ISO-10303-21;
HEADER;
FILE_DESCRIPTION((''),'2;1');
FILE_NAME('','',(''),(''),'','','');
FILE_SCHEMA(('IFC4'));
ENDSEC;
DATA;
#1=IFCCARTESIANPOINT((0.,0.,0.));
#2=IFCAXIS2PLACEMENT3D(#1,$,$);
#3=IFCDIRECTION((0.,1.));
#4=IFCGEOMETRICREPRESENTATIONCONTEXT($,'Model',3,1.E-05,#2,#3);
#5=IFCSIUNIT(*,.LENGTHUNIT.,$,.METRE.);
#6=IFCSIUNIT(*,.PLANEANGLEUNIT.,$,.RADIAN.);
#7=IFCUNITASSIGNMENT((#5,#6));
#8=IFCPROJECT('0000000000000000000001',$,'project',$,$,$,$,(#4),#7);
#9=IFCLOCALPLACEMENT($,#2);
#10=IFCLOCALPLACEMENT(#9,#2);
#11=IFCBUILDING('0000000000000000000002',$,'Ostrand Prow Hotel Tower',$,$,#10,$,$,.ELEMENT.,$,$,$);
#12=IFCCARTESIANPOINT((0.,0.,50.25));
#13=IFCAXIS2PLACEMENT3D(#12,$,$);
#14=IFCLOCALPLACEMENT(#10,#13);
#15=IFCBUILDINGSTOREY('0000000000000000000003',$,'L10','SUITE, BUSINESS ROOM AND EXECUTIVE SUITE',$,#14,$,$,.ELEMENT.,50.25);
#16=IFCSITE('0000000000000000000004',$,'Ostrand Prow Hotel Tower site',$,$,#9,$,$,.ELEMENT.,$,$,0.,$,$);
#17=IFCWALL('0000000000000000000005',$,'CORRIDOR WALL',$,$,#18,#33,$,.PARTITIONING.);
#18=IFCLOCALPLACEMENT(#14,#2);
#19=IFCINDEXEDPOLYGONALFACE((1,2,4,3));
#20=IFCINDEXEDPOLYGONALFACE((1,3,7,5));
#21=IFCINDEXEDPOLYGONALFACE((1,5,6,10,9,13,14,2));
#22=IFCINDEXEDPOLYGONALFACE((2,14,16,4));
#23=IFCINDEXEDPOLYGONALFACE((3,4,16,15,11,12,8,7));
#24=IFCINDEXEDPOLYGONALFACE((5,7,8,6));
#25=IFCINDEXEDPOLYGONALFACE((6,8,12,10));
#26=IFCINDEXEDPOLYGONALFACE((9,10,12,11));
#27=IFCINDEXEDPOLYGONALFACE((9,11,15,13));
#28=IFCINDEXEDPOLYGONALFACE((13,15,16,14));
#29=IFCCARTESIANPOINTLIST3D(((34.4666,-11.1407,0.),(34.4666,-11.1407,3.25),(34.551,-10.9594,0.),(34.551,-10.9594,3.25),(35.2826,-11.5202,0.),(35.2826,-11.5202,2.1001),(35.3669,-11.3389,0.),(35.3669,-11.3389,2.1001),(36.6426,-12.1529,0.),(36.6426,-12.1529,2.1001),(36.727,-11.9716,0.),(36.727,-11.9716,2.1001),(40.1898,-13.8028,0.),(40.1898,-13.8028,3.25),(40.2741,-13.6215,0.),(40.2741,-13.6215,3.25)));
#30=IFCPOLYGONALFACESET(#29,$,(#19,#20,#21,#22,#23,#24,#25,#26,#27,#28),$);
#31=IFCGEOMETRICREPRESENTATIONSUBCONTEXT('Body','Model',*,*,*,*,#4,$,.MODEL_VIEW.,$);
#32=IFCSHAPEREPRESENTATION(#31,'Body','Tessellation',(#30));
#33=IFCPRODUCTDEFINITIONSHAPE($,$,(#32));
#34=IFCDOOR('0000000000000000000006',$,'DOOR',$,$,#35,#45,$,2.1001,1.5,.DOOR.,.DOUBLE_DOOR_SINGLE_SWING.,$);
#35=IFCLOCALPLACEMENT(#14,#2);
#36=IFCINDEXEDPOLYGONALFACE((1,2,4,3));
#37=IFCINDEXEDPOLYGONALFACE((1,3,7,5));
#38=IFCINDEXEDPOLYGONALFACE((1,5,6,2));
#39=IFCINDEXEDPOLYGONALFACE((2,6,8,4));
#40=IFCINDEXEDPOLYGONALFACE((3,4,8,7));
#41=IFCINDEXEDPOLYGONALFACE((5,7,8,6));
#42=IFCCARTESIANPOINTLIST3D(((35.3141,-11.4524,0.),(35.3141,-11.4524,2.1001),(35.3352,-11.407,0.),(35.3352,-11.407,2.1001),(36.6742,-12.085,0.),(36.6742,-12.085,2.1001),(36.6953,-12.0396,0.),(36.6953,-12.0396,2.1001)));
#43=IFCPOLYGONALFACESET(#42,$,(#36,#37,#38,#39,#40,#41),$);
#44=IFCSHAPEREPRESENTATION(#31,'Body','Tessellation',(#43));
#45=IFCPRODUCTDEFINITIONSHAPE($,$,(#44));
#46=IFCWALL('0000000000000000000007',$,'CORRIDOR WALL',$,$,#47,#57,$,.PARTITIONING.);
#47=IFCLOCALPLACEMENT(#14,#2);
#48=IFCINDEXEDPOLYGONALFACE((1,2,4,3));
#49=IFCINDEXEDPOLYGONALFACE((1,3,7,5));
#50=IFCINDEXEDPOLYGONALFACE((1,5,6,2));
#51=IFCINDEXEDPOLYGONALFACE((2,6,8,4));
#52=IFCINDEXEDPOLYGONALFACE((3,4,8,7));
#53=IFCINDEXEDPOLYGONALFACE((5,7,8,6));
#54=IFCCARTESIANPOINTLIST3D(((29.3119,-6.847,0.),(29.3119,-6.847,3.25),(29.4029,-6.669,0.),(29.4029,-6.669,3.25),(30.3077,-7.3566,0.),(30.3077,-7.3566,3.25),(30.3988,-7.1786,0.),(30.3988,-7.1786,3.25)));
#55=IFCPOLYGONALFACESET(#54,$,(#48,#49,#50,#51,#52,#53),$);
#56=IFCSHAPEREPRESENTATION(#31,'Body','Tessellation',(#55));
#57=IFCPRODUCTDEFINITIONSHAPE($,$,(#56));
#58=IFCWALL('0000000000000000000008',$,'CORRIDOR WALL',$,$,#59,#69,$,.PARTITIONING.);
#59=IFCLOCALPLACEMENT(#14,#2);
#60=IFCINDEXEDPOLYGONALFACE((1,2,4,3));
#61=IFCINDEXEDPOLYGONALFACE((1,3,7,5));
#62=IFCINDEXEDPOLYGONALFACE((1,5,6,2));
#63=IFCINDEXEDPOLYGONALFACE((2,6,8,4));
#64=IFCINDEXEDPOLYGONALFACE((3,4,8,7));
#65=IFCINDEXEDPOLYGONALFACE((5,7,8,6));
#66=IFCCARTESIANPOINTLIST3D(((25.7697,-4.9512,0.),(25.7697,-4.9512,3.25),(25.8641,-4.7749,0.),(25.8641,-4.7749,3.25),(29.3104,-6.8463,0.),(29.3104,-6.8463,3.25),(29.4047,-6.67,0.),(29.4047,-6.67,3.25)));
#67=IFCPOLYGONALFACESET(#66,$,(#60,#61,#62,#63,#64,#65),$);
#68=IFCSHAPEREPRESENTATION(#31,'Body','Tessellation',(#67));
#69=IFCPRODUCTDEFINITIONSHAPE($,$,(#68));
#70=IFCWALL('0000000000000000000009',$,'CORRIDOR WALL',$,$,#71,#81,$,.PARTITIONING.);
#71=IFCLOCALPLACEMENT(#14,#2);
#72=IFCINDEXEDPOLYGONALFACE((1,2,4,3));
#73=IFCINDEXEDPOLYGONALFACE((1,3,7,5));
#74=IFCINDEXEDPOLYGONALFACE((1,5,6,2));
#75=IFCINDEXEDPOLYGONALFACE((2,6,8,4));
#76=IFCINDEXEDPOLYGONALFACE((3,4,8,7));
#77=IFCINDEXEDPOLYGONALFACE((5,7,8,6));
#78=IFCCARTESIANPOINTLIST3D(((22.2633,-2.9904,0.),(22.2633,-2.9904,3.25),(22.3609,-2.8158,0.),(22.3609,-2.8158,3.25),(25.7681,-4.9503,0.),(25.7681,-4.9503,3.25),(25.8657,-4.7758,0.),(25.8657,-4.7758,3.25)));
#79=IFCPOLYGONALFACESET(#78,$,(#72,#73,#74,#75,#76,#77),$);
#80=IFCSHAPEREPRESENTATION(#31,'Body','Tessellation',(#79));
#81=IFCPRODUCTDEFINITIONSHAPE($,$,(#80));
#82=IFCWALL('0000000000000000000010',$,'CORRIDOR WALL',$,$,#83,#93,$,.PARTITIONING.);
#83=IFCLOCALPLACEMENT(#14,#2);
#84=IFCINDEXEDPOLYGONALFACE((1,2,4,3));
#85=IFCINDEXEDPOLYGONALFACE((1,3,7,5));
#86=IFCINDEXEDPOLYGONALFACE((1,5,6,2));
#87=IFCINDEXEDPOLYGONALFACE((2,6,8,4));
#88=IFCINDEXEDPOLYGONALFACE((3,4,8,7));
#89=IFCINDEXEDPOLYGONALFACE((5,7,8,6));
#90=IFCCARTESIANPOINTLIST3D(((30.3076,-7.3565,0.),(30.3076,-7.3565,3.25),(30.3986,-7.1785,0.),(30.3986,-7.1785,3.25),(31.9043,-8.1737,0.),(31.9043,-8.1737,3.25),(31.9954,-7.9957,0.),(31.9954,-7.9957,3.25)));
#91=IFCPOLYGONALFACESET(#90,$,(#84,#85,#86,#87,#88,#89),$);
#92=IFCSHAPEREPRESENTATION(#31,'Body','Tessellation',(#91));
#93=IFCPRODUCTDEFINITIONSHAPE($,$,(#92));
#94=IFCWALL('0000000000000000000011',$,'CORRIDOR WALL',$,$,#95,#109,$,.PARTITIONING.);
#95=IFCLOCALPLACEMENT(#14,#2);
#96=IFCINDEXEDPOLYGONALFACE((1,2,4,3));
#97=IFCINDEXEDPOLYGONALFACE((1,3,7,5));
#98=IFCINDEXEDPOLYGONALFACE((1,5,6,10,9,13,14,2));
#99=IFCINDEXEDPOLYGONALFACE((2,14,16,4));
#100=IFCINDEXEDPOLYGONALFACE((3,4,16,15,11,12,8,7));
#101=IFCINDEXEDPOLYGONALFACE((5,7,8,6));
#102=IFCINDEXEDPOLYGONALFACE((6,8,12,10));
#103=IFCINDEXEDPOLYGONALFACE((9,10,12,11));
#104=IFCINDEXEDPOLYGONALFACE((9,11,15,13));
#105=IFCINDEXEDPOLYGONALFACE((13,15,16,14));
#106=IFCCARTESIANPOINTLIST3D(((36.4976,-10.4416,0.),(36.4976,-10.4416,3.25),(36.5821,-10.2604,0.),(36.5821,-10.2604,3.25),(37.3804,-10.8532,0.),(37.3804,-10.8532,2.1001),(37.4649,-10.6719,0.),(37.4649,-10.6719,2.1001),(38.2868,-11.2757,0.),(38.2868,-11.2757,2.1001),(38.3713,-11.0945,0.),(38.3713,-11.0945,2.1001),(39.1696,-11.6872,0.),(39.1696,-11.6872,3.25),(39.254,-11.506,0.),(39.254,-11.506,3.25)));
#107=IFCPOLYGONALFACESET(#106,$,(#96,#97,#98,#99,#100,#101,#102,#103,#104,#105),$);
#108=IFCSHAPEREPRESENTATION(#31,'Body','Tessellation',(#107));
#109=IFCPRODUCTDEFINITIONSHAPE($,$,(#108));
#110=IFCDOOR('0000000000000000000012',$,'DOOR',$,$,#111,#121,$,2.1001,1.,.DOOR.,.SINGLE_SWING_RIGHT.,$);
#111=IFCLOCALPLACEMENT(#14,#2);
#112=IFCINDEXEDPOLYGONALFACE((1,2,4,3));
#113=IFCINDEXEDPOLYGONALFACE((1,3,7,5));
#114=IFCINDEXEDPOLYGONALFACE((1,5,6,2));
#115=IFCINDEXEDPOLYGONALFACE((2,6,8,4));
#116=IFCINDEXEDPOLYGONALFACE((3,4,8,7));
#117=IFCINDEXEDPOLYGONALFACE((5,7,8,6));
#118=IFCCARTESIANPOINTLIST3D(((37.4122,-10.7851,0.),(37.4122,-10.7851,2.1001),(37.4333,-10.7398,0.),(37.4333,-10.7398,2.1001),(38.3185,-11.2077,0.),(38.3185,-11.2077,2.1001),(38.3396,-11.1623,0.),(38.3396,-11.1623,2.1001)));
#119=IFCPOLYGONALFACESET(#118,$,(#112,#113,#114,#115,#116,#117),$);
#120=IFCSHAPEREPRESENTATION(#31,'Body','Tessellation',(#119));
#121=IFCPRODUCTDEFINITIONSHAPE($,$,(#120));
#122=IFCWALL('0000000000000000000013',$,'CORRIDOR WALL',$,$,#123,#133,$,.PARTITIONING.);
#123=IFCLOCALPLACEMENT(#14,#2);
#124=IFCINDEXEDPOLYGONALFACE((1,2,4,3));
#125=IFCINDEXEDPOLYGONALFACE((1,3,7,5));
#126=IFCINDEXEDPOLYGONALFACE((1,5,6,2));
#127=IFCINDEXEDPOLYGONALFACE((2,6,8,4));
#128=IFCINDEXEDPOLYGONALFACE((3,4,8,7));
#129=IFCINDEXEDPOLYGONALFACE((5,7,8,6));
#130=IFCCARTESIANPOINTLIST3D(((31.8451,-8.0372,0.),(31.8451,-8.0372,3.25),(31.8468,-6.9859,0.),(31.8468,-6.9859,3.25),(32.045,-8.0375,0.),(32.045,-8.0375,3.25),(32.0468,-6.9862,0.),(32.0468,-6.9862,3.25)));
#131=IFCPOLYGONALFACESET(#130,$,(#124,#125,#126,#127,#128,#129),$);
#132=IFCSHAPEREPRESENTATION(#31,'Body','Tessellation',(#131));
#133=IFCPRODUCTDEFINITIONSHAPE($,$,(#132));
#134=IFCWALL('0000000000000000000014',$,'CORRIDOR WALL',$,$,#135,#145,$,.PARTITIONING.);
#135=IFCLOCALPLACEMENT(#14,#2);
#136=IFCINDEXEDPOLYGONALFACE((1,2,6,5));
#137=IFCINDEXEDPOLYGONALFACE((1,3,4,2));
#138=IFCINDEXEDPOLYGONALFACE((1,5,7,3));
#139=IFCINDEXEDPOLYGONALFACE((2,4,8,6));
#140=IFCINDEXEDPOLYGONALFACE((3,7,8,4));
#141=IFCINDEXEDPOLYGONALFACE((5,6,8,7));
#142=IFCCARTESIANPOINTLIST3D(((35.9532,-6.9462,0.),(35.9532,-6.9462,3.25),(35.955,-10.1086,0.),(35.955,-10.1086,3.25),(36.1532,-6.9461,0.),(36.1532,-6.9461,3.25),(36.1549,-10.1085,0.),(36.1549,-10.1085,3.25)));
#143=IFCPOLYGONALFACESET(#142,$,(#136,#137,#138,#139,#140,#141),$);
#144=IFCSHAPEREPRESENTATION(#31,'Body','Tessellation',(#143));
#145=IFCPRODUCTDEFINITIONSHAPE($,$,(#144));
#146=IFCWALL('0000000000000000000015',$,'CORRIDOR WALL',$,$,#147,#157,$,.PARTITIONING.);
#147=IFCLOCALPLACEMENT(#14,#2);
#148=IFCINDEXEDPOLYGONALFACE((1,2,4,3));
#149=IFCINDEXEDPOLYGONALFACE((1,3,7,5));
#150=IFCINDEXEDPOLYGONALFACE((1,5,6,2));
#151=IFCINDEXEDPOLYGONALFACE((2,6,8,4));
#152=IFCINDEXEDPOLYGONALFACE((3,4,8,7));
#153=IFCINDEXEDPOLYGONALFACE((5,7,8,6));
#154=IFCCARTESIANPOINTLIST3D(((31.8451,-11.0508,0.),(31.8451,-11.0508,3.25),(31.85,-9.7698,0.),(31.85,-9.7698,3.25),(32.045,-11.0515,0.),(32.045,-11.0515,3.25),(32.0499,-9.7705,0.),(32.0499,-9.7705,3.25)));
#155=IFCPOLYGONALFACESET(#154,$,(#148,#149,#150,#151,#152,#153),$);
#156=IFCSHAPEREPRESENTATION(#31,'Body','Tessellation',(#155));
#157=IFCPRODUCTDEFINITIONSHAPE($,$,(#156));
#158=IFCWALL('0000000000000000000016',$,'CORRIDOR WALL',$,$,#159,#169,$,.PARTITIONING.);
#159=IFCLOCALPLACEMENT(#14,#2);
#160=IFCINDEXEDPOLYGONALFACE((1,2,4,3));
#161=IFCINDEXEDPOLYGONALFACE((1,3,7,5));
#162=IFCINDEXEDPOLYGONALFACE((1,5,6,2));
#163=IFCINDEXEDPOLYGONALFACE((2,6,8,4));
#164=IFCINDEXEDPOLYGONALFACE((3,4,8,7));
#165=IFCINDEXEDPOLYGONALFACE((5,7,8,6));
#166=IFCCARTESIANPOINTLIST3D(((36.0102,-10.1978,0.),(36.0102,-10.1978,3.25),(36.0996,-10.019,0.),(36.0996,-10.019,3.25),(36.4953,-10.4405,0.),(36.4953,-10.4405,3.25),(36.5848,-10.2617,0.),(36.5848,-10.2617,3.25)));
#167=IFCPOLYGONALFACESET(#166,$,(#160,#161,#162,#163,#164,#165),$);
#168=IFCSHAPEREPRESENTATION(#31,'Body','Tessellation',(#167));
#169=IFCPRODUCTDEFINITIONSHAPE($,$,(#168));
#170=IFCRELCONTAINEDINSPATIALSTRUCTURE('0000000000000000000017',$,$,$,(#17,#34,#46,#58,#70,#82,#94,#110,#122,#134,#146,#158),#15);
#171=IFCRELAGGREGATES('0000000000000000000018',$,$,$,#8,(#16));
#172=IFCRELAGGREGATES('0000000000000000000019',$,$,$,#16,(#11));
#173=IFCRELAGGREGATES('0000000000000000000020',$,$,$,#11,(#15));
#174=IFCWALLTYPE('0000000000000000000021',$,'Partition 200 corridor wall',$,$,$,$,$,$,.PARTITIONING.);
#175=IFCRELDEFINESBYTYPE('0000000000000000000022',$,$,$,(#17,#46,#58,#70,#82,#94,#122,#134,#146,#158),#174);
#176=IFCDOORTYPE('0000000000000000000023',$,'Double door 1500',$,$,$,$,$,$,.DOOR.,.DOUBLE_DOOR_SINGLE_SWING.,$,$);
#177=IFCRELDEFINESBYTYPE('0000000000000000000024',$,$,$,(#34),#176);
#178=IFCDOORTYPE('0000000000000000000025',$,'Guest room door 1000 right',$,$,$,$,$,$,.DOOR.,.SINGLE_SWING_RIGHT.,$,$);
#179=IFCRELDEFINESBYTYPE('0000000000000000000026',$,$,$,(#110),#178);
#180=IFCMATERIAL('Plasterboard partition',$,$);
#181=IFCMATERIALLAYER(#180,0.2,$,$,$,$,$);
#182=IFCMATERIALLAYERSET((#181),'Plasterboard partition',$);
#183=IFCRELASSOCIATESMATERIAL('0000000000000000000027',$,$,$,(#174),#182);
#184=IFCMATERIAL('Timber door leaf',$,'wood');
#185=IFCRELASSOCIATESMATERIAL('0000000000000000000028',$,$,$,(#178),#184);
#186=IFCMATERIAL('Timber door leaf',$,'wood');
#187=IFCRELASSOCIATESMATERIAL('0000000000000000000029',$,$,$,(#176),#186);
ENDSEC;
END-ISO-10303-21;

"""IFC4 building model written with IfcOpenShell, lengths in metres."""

from ifc_helpers import new_model, si_unit, direction, frame, frame_2d, origin, place, context, subcontext, project, spatial, rectangle, extrude, material, layer, layer_set, type_object, element, fill, save


model = new_model("IFC4")

# Units and contexts
model_context = context("Model", 3, precision=1e-05, world=origin(), true_north=direction((0.0, 1.0)))
body_context = subcontext(model_context, "Body", "Model", "MODEL_VIEW")
ifc_project = project(units=[si_unit("LENGTHUNIT", "METRE"), si_unit("PLANEANGLEUNIT", "RADIAN")], contexts=[model_context])

# Site, building, storey
site_placement = place(None, origin())
site = spatial("IfcSite", under=ifc_project, at=site_placement, Name="Ostrand Prow Hotel Tower site", CompositionType="ELEMENT", RefElevation=0.0)
building_placement = place(site_placement, origin())
building = spatial("IfcBuilding", under=site, at=building_placement, Name="Ostrand Prow Hotel Tower", CompositionType="ELEMENT")
storey_placement = place(building_placement, frame((0.0, 0.0, 50.25)))
storey = spatial("IfcBuildingStorey", under=building, at=storey_placement, Name="L10", Description="SUITE, BUSINESS ROOM AND EXECUTIVE SUITE", CompositionType="ELEMENT", Elevation=50.25)

# Wall, opening, door
ifc_material_1 = material(Name="Plasterboard partition")
ifc_layer_1 = layer(ifc_material_1, 0.2)
ifc_layer_set_1 = layer_set([ifc_layer_1], Name="Plasterboard partition")
wall_type_1 = type_object("IfcWallType", Name="Partition 200 corridor wall", PredefinedType="PARTITIONING", material=ifc_layer_set_1)
ifc_material_2 = material(Name="Timber door leaf", Category="wood")
door_type_1 = type_object("IfcDoorType", Name="Guest room door 1000 right", OperationType="SINGLE_SWING_RIGHT", PredefinedType="DOOR", material=ifc_material_2)
wall_1_placement = place(storey_placement, frame((34.5088, -11.05, 0.0), z_axis=(0.0, 0.0, 1.0), x_axis=(0.90671, -0.421754, 0.0)))
wall_1 = element("IfcWall", 1, at=wall_1_placement, inside=storey, type_object=wall_type_1, Name="CORRIDOR WALL", PredefinedType="PARTITIONING", context=body_context, shape_type="SweptSolid", body=[
    extrude(rectangle(XDim=6.312, YDim=0.2, at=frame_2d((3.156, 0.0))), origin(), (0.0, 0.0, 1.0), 3.25),
])
opening_1_placement = place(wall_1_placement, frame((0.8999, 0.0, 0.0)))
opening_1 = element("IfcOpeningElement", 2, at=opening_1_placement, cuts=wall_1, PredefinedType="OPENING", context=body_context, shape_type="SweptSolid", body=[
    extrude(rectangle(XDim=1.5, YDim=2.1001, at=frame_2d((0.75, 1.05))), frame((0.0, 0.1099, 0.0), z_axis=(0.0, -1.0, 0.0), x_axis=(1.0, 0.0, 0.0)), (0.0, 0.0, 1.0), 0.22),
])
ifc_material_3 = material(Name="Timber door leaf", Category="wood")
door_type_2 = type_object("IfcDoorType", Name="Double door 1500", OperationType="DOUBLE_DOOR_SINGLE_SWING", PredefinedType="DOOR", material=ifc_material_3)
door_1_placement = place(opening_1_placement, origin())
door_1 = element("IfcDoor", 3, at=door_1_placement, inside=storey, type_object=door_type_2, Name="DOOR", OperationType="DOUBLE_DOOR_SINGLE_SWING", OverallHeight=2.1001, OverallWidth=1.5, PredefinedType="DOOR", context=body_context, shape_type="SweptSolid", body=[
    extrude(rectangle(XDim=1.5, YDim=2.1001, at=frame_2d((0.75, 1.05))), frame((0.0, 0.0249, 0.0), z_axis=(0.0, -1.0, 0.0), x_axis=(1.0, 0.0, 0.0)), (0.0, 0.0, 1.0), 0.05),
])
fill(opening_1, door_1)

# Walls
wall_2_placement = place(storey_placement, frame((30.3533, -7.2676, 0.0), z_axis=(0.0, 0.0, 1.0), x_axis=(-0.890242, 0.455488, 0.0)))
element("IfcWall", 4, at=wall_2_placement, inside=storey, type_object=wall_type_1, Name="CORRIDOR WALL", PredefinedType="PARTITIONING", context=body_context, shape_type="SweptSolid", body=[
    extrude(rectangle(XDim=1.1187, YDim=0.2, at=frame_2d((0.5593, 0.0))), origin(), (0.0, 0.0, 1.0), 3.25),
])
wall_3_placement = place(storey_placement, frame((29.3574, -6.7581, 0.0), z_axis=(0.0, 0.0, 1.0), x_axis=(-0.881655, 0.471894, 0.0)))
element("IfcWall", 5, at=wall_3_placement, inside=storey, type_object=wall_type_1, Name="CORRIDOR WALL", PredefinedType="PARTITIONING", context=body_context, shape_type="SweptSolid", body=[
    extrude(rectangle(XDim=4.0159, YDim=0.2, at=frame_2d((2.0078, 0.0))), origin(), (0.0, 0.0, 1.0), 3.25),
])
wall_4_placement = place(storey_placement, frame((25.8169, -4.863, 0.0), z_axis=(0.0, 0.0, 1.0), x_axis=(-0.8728, 0.488078, 0.0)))
element("IfcWall", 6, at=wall_4_placement, inside=storey, type_object=wall_type_1, Name="CORRIDOR WALL", PredefinedType="PARTITIONING", context=body_context, shape_type="SweptSolid", body=[
    extrude(rectangle(XDim=4.0156, YDim=0.2, at=frame_2d((2.0078, 0.0))), origin(), (0.0, 0.0, 1.0), 3.25),
])
wall_5_placement = place(storey_placement, frame((31.95, -8.0847, 0.0), z_axis=(0.0, 0.0, 1.0), x_axis=(-0.890196, 0.455579, 0.0)))
element("IfcWall", 7, at=wall_5_placement, inside=storey, type_object=wall_type_1, Name="CORRIDOR WALL", PredefinedType="PARTITIONING", context=body_context, shape_type="SweptSolid", body=[
    extrude(rectangle(XDim=1.7937, YDim=0.2, at=frame_2d((0.897, 0.0))), origin(), (0.0, 0.0, 1.0), 3.25),
])

# Wall, opening, door
wall_6_placement = place(storey_placement, frame((39.2119, -11.5967, 0.0), z_axis=(0.0, 0.0, 1.0), x_axis=(-0.906348, 0.422532, 0.0)))
wall_6 = element("IfcWall", 8, at=wall_6_placement, inside=storey, type_object=wall_type_1, Name="CORRIDOR WALL", PredefinedType="PARTITIONING", context=body_context, shape_type="SweptSolid", body=[
    extrude(rectangle(XDim=2.948, YDim=0.2, at=frame_2d((1.4741, 0.0))), origin(), (0.0, 0.0, 1.0), 3.25),
])
opening_2_placement = place(wall_6_placement, frame((0.9741, 0.0, 0.0)))
opening_2 = element("IfcOpeningElement", 9, at=opening_2_placement, cuts=wall_6, PredefinedType="OPENING", context=body_context, shape_type="SweptSolid", body=[
    extrude(rectangle(XDim=1.0, YDim=2.1001, at=frame_2d((0.5, 1.05))), frame((0.0, 0.1099, 0.0), z_axis=(0.0, -1.0, 0.0), x_axis=(1.0, 0.0, 0.0)), (0.0, 0.0, 1.0), 0.22),
])
door_2_placement = place(opening_2_placement, origin())
door_2 = element("IfcDoor", 10, at=door_2_placement, inside=storey, type_object=door_type_1, Name="DOOR", OperationType="SINGLE_SWING_RIGHT", OverallHeight=2.1001, OverallWidth=1.0, PredefinedType="DOOR", context=body_context, shape_type="SweptSolid", body=[
    extrude(rectangle(XDim=1.0, YDim=2.1001, at=frame_2d((0.5, 1.05))), frame((0.0, 0.0249, 0.0), z_axis=(0.0, -1.0, 0.0), x_axis=(1.0, 0.0, 0.0)), (0.0, 0.0, 1.0), 0.05),
])
fill(opening_2, door_2)

# Walls
wall_7_placement = place(storey_placement, frame((31.9468, -6.9861, 0.0), z_axis=(0.0, 0.0, 1.0), x_axis=(-0.001626, -0.999999, 0.0)))
element("IfcWall", 11, at=wall_7_placement, inside=storey, type_object=wall_type_1, Name="CORRIDOR WALL", PredefinedType="PARTITIONING", context=body_context, shape_type="SweptSolid", body=[
    extrude(rectangle(XDim=1.0513, YDim=0.2, at=frame_2d((0.5256, 0.0))), origin(), (0.0, 0.0, 1.0), 3.25),
])
wall_8_placement = place(storey_placement, frame((36.0549, -10.1084, 0.0), z_axis=(0.0, 0.0, 1.0), x_axis=(-0.00054, 1.0, 0.0)))
element("IfcWall", 12, at=wall_8_placement, inside=storey, type_object=wall_type_1, Name="CORRIDOR WALL", PredefinedType="PARTITIONING", context=body_context, shape_type="SweptSolid", body=[
    extrude(rectangle(XDim=3.1624, YDim=0.2, at=frame_2d((1.5811, 0.0))), origin(), (0.0, 0.0, 1.0), 3.25),
])
wall_9_placement = place(storey_placement, frame((31.95, -9.77, 0.0), z_axis=(0.0, 0.0, 1.0), x_axis=(-0.003812, -0.999993, 0.0)))
element("IfcWall", 13, at=wall_9_placement, inside=storey, type_object=wall_type_1, Name="CORRIDOR WALL", PredefinedType="PARTITIONING", context=body_context, shape_type="SweptSolid", body=[
    extrude(rectangle(XDim=1.281, YDim=0.2, at=frame_2d((0.6406, 0.0))), origin(), (0.0, 0.0, 1.0), 3.25),
])
wall_10_placement = place(storey_placement, frame((36.54, -10.3511, 0.0), z_axis=(0.0, 0.0, 1.0), x_axis=(-0.894337, 0.447394, 0.0)))
element("IfcWall", 14, at=wall_10_placement, inside=storey, type_object=wall_type_1, Name="CORRIDOR WALL", PredefinedType="PARTITIONING", context=body_context, shape_type="SweptSolid", body=[
    extrude(rectangle(XDim=0.5425, YDim=0.2, at=frame_2d((0.2712, 0.0))), origin(), (0.0, 0.0, 1.0), 3.25),
])

save(model, "model.ifc")
